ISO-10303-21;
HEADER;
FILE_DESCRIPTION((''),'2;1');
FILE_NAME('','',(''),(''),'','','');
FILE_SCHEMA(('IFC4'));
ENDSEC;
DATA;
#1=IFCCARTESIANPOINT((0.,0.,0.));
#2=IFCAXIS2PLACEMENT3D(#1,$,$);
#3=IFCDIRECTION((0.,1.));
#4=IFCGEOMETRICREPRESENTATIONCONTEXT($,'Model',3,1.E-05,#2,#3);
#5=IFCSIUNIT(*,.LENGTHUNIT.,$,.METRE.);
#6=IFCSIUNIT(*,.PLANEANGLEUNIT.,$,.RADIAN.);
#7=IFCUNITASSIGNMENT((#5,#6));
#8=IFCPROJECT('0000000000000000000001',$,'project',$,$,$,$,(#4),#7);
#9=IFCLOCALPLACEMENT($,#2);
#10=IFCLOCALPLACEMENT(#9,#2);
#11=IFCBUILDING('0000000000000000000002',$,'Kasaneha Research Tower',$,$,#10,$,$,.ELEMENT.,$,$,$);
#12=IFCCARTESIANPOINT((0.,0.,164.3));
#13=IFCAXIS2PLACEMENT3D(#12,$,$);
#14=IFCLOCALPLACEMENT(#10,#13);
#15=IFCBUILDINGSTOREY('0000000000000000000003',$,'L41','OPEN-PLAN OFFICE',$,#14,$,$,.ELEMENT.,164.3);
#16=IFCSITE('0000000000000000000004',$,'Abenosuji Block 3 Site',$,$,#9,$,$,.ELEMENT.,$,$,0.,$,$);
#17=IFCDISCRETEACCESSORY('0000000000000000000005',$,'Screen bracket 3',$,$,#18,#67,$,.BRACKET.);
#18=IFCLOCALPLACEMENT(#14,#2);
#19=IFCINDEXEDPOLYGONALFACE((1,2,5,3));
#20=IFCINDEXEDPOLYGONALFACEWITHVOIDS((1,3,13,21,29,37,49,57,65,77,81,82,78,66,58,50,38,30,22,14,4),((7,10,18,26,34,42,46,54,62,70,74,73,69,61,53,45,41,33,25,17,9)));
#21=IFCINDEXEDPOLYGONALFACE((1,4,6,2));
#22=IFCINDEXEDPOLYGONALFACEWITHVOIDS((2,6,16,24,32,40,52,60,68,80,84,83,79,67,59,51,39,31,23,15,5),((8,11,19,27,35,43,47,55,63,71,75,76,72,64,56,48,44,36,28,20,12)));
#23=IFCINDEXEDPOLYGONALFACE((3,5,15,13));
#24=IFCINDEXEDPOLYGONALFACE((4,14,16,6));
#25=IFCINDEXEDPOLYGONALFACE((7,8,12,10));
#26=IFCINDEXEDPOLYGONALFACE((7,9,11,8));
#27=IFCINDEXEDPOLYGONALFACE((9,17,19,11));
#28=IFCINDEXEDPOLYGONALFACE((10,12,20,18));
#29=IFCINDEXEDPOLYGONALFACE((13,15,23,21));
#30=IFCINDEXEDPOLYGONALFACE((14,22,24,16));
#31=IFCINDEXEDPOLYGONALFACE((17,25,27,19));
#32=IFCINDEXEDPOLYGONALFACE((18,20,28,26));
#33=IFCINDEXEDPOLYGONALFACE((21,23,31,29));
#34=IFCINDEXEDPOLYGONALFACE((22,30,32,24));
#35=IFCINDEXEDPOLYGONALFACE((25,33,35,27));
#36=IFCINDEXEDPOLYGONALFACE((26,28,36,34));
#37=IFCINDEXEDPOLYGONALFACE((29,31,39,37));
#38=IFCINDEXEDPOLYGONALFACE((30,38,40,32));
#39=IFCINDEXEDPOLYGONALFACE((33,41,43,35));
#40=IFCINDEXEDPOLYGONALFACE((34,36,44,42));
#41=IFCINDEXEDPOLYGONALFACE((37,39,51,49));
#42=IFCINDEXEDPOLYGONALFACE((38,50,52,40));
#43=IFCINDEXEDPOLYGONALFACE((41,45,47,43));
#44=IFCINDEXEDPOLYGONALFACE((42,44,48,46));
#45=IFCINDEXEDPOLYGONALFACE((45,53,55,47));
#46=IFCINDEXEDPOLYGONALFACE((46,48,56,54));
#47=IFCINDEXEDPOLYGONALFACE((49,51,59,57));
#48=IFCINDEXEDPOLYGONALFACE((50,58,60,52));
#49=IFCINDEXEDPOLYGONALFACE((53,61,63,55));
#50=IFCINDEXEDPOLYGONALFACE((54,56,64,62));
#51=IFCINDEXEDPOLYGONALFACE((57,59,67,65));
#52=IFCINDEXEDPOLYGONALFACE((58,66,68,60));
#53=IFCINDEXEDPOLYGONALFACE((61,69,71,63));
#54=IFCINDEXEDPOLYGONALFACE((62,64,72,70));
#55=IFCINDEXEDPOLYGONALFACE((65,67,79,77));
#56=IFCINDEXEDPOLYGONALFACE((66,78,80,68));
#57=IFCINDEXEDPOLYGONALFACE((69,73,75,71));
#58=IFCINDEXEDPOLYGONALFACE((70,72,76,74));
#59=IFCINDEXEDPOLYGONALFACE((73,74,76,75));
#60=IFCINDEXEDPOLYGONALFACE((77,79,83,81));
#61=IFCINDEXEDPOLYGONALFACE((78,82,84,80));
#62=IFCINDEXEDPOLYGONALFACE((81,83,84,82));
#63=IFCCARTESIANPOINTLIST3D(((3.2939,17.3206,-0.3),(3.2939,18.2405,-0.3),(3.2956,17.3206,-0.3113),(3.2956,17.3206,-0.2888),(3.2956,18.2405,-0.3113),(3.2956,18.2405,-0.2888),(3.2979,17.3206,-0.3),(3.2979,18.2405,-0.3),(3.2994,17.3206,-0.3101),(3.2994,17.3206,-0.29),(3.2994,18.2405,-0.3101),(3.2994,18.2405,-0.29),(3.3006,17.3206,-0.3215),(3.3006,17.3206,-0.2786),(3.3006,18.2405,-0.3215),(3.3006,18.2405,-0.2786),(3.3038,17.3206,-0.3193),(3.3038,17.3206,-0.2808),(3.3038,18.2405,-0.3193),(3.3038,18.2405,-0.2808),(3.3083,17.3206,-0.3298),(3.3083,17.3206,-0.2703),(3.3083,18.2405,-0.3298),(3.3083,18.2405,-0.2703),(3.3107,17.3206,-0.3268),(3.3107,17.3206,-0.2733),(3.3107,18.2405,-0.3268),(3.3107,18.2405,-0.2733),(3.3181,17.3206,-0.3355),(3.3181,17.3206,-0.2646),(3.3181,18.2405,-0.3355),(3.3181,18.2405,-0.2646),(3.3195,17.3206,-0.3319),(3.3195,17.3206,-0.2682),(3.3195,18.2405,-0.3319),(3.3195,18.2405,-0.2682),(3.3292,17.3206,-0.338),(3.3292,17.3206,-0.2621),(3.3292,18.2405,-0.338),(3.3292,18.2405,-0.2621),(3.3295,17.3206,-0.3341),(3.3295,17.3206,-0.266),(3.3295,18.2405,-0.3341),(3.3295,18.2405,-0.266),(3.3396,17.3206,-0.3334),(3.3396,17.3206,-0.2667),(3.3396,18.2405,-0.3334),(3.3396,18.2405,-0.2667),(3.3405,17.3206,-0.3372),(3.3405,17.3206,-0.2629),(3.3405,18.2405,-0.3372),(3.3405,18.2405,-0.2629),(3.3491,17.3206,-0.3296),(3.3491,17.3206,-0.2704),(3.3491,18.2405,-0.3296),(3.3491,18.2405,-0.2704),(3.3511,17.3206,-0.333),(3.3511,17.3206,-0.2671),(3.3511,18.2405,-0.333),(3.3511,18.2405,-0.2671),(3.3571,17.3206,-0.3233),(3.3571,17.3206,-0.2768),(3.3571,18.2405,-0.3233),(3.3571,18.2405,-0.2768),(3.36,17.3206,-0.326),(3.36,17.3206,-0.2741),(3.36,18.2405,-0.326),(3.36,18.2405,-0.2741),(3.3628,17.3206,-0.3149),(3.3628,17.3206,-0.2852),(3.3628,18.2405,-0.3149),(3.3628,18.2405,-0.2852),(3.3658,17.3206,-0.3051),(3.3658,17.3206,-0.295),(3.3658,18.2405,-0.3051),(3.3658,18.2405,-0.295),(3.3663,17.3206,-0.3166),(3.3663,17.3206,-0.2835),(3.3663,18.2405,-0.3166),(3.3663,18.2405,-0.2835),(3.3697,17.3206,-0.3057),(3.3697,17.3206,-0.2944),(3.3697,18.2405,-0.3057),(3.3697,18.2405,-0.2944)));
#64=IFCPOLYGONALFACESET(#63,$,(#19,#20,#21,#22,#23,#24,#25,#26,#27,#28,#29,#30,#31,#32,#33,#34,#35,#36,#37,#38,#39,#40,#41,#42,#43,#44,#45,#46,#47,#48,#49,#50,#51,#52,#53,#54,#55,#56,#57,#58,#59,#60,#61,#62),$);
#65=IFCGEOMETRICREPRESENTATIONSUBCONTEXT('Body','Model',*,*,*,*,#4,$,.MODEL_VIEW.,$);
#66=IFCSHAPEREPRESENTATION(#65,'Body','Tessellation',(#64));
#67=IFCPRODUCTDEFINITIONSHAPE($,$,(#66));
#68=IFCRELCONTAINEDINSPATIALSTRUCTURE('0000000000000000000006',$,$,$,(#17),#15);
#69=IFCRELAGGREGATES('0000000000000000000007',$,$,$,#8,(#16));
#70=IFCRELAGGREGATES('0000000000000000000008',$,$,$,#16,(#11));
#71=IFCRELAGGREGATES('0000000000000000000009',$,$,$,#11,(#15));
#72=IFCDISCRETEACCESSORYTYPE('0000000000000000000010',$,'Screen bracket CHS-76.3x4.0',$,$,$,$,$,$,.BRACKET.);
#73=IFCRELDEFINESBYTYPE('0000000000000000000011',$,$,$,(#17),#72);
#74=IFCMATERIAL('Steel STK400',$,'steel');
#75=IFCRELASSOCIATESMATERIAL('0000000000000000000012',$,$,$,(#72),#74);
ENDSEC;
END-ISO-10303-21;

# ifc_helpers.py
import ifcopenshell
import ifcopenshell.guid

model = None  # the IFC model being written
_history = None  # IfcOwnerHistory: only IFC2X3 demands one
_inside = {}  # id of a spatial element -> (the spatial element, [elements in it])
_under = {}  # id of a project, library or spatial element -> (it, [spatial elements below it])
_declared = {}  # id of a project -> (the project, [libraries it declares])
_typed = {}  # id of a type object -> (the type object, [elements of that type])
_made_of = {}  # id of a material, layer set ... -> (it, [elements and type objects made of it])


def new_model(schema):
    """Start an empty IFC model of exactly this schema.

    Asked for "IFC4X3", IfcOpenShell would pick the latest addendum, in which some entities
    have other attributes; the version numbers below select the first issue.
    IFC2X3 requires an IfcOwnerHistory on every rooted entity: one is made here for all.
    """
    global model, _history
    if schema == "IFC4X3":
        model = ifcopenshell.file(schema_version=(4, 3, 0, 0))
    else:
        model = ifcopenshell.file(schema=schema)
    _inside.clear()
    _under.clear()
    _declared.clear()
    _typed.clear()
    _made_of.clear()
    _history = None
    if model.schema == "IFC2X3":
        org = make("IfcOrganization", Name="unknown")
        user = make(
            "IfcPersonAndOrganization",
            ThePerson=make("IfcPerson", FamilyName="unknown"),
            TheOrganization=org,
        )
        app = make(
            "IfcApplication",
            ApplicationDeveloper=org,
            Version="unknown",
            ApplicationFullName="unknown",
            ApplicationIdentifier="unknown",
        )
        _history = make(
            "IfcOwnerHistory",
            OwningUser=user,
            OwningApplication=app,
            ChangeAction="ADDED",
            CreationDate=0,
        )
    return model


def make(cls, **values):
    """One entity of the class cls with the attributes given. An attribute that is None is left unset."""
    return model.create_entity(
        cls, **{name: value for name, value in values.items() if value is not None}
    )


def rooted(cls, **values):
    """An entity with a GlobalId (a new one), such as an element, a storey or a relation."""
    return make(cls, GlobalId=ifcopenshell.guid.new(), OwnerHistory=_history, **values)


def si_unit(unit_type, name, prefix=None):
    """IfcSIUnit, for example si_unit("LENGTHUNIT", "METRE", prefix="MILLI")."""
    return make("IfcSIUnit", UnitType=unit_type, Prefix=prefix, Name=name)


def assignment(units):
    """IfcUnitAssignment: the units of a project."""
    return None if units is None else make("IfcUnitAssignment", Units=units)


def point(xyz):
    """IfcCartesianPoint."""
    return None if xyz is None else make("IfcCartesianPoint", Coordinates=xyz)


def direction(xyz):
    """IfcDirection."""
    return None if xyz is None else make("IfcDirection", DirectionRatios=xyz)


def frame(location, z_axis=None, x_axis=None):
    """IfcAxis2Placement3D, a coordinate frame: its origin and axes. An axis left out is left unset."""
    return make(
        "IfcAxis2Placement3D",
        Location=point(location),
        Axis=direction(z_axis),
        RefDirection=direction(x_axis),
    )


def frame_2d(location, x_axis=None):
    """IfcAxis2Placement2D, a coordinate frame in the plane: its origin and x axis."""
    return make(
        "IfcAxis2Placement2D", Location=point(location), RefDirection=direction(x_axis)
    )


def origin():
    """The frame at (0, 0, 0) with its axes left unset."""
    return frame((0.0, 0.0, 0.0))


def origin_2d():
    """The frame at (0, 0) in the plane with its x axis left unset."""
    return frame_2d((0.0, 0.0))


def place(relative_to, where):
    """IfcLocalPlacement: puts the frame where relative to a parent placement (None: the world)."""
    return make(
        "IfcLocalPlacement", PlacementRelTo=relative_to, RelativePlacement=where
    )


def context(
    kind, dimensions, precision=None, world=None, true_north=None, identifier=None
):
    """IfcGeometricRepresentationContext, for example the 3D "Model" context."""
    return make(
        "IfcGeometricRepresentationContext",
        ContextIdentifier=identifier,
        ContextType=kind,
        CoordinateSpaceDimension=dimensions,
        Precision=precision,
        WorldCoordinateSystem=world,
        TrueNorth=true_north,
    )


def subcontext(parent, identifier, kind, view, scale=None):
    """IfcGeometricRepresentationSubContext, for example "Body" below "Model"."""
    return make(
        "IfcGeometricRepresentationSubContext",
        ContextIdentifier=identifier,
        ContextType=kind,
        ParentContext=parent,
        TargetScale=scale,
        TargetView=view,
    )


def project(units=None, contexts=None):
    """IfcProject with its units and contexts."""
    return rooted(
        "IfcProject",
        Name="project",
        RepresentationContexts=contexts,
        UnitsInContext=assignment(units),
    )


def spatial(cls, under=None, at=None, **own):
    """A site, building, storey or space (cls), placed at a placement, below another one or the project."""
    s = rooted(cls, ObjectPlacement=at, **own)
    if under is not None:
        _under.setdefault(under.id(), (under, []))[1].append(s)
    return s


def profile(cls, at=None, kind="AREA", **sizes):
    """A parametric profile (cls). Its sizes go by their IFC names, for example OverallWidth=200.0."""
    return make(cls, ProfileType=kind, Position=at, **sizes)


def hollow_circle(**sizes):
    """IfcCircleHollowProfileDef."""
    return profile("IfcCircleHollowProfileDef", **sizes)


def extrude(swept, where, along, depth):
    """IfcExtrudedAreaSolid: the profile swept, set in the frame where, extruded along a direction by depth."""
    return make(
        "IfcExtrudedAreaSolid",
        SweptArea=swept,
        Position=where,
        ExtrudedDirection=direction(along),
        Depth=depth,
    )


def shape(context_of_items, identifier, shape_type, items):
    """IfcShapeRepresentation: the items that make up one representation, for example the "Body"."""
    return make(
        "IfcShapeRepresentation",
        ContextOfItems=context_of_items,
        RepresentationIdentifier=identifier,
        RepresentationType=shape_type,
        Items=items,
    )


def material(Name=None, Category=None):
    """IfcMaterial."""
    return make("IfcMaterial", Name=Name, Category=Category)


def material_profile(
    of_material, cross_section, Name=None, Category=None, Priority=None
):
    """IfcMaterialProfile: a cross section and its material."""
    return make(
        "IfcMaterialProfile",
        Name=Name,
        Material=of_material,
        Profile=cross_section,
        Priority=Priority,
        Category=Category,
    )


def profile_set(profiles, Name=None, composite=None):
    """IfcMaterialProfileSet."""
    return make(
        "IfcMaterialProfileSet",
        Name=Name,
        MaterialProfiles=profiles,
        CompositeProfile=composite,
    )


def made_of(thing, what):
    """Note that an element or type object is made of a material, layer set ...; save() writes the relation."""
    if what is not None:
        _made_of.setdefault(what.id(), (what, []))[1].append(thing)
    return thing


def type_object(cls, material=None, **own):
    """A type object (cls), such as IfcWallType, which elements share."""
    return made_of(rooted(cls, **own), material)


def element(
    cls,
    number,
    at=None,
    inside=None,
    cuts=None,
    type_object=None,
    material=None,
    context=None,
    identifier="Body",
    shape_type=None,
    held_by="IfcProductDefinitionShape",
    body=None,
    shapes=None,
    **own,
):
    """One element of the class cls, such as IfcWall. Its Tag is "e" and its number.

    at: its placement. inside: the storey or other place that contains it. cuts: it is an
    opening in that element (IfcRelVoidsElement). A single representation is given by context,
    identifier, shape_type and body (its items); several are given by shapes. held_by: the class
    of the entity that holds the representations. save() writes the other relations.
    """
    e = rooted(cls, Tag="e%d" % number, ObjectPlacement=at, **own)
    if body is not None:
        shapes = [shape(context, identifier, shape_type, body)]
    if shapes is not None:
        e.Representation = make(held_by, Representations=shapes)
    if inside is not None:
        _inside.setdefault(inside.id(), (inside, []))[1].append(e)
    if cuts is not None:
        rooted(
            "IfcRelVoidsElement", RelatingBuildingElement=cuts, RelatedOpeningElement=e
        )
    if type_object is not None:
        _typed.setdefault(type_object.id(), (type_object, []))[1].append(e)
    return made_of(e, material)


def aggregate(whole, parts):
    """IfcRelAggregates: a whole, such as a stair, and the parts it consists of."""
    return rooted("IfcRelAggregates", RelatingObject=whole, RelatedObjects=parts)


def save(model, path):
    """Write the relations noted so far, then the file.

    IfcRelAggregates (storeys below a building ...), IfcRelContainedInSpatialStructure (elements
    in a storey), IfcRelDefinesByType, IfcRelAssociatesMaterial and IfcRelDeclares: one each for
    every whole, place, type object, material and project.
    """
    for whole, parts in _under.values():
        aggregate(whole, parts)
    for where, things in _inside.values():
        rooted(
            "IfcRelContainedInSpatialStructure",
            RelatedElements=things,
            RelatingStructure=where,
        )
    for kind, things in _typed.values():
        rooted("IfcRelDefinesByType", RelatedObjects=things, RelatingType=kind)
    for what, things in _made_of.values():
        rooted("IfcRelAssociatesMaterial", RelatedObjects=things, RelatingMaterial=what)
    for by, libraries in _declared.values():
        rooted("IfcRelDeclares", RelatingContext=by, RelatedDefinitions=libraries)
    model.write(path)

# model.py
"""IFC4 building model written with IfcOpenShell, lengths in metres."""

from ifc_helpers import new_model, si_unit, direction, frame, origin, origin_2d, place, context, subcontext, project, spatial, hollow_circle, extrude, material, material_profile, profile_set, type_object, element, save


model = new_model("IFC4")

# Units and contexts
model_context = context("Model", 3, precision=1e-05, world=origin(), true_north=direction((0.0, 1.0)))
body_context = subcontext(model_context, "Body", "Model", "MODEL_VIEW")
ifc_project = project(units=[si_unit("LENGTHUNIT", "METRE"), si_unit("PLANEANGLEUNIT", "RADIAN")], contexts=[model_context])

# Site, building, storey
site_placement = place(None, origin())
site = spatial("IfcSite", under=ifc_project, at=site_placement, Name="Abenosuji Block 3 Site", CompositionType="ELEMENT", RefElevation=0.0)
building_placement = place(site_placement, origin())
building = spatial("IfcBuilding", under=site, at=building_placement, Name="Kasaneha Research Tower", CompositionType="ELEMENT")
storey_placement = place(building_placement, frame((0.0, 0.0, 164.3)))
storey = spatial("IfcBuildingStorey", under=building, at=storey_placement, Name="L41", Description="OPEN-PLAN OFFICE", CompositionType="ELEMENT", Elevation=164.3)

# Discrete accessory
ifc_material_1 = material(Name="Steel STK400", Category="steel")
ifc_material_profile_1 = material_profile(ifc_material_1, hollow_circle(Radius=0.0381, WallThickness=0.0039, at=origin_2d()), Name="CHS-76.3x4.0")
ifc_profile_set_1 = profile_set([ifc_material_profile_1], Name="Steel STK400")
discrete_accessory_type = type_object("IfcDiscreteAccessoryType", Name="Screen bracket CHS-76.3x4.0", PredefinedType="BRACKET", material=ifc_profile_set_1)
for number, where, z_axis, x_axis, name in (
    (1, (3.332, 17.3206, -0.3), (0.0, 1.0, 0.0), (-1.0, 0.0, 0.0), "Screen bracket 3"),
):
    element("IfcDiscreteAccessory", number, at=place(storey_placement, frame(where, z_axis=z_axis, x_axis=x_axis)), inside=storey, type_object=discrete_accessory_type, Name=name, PredefinedType="BRACKET", context=body_context, shape_type="SweptSolid", body=[
        extrude(hollow_circle(Radius=0.0381, WallThickness=0.0039, at=origin_2d()), origin(), (0.0, 0.0, 1.0), 0.9199),
    ])

save(model, "model.ifc")
